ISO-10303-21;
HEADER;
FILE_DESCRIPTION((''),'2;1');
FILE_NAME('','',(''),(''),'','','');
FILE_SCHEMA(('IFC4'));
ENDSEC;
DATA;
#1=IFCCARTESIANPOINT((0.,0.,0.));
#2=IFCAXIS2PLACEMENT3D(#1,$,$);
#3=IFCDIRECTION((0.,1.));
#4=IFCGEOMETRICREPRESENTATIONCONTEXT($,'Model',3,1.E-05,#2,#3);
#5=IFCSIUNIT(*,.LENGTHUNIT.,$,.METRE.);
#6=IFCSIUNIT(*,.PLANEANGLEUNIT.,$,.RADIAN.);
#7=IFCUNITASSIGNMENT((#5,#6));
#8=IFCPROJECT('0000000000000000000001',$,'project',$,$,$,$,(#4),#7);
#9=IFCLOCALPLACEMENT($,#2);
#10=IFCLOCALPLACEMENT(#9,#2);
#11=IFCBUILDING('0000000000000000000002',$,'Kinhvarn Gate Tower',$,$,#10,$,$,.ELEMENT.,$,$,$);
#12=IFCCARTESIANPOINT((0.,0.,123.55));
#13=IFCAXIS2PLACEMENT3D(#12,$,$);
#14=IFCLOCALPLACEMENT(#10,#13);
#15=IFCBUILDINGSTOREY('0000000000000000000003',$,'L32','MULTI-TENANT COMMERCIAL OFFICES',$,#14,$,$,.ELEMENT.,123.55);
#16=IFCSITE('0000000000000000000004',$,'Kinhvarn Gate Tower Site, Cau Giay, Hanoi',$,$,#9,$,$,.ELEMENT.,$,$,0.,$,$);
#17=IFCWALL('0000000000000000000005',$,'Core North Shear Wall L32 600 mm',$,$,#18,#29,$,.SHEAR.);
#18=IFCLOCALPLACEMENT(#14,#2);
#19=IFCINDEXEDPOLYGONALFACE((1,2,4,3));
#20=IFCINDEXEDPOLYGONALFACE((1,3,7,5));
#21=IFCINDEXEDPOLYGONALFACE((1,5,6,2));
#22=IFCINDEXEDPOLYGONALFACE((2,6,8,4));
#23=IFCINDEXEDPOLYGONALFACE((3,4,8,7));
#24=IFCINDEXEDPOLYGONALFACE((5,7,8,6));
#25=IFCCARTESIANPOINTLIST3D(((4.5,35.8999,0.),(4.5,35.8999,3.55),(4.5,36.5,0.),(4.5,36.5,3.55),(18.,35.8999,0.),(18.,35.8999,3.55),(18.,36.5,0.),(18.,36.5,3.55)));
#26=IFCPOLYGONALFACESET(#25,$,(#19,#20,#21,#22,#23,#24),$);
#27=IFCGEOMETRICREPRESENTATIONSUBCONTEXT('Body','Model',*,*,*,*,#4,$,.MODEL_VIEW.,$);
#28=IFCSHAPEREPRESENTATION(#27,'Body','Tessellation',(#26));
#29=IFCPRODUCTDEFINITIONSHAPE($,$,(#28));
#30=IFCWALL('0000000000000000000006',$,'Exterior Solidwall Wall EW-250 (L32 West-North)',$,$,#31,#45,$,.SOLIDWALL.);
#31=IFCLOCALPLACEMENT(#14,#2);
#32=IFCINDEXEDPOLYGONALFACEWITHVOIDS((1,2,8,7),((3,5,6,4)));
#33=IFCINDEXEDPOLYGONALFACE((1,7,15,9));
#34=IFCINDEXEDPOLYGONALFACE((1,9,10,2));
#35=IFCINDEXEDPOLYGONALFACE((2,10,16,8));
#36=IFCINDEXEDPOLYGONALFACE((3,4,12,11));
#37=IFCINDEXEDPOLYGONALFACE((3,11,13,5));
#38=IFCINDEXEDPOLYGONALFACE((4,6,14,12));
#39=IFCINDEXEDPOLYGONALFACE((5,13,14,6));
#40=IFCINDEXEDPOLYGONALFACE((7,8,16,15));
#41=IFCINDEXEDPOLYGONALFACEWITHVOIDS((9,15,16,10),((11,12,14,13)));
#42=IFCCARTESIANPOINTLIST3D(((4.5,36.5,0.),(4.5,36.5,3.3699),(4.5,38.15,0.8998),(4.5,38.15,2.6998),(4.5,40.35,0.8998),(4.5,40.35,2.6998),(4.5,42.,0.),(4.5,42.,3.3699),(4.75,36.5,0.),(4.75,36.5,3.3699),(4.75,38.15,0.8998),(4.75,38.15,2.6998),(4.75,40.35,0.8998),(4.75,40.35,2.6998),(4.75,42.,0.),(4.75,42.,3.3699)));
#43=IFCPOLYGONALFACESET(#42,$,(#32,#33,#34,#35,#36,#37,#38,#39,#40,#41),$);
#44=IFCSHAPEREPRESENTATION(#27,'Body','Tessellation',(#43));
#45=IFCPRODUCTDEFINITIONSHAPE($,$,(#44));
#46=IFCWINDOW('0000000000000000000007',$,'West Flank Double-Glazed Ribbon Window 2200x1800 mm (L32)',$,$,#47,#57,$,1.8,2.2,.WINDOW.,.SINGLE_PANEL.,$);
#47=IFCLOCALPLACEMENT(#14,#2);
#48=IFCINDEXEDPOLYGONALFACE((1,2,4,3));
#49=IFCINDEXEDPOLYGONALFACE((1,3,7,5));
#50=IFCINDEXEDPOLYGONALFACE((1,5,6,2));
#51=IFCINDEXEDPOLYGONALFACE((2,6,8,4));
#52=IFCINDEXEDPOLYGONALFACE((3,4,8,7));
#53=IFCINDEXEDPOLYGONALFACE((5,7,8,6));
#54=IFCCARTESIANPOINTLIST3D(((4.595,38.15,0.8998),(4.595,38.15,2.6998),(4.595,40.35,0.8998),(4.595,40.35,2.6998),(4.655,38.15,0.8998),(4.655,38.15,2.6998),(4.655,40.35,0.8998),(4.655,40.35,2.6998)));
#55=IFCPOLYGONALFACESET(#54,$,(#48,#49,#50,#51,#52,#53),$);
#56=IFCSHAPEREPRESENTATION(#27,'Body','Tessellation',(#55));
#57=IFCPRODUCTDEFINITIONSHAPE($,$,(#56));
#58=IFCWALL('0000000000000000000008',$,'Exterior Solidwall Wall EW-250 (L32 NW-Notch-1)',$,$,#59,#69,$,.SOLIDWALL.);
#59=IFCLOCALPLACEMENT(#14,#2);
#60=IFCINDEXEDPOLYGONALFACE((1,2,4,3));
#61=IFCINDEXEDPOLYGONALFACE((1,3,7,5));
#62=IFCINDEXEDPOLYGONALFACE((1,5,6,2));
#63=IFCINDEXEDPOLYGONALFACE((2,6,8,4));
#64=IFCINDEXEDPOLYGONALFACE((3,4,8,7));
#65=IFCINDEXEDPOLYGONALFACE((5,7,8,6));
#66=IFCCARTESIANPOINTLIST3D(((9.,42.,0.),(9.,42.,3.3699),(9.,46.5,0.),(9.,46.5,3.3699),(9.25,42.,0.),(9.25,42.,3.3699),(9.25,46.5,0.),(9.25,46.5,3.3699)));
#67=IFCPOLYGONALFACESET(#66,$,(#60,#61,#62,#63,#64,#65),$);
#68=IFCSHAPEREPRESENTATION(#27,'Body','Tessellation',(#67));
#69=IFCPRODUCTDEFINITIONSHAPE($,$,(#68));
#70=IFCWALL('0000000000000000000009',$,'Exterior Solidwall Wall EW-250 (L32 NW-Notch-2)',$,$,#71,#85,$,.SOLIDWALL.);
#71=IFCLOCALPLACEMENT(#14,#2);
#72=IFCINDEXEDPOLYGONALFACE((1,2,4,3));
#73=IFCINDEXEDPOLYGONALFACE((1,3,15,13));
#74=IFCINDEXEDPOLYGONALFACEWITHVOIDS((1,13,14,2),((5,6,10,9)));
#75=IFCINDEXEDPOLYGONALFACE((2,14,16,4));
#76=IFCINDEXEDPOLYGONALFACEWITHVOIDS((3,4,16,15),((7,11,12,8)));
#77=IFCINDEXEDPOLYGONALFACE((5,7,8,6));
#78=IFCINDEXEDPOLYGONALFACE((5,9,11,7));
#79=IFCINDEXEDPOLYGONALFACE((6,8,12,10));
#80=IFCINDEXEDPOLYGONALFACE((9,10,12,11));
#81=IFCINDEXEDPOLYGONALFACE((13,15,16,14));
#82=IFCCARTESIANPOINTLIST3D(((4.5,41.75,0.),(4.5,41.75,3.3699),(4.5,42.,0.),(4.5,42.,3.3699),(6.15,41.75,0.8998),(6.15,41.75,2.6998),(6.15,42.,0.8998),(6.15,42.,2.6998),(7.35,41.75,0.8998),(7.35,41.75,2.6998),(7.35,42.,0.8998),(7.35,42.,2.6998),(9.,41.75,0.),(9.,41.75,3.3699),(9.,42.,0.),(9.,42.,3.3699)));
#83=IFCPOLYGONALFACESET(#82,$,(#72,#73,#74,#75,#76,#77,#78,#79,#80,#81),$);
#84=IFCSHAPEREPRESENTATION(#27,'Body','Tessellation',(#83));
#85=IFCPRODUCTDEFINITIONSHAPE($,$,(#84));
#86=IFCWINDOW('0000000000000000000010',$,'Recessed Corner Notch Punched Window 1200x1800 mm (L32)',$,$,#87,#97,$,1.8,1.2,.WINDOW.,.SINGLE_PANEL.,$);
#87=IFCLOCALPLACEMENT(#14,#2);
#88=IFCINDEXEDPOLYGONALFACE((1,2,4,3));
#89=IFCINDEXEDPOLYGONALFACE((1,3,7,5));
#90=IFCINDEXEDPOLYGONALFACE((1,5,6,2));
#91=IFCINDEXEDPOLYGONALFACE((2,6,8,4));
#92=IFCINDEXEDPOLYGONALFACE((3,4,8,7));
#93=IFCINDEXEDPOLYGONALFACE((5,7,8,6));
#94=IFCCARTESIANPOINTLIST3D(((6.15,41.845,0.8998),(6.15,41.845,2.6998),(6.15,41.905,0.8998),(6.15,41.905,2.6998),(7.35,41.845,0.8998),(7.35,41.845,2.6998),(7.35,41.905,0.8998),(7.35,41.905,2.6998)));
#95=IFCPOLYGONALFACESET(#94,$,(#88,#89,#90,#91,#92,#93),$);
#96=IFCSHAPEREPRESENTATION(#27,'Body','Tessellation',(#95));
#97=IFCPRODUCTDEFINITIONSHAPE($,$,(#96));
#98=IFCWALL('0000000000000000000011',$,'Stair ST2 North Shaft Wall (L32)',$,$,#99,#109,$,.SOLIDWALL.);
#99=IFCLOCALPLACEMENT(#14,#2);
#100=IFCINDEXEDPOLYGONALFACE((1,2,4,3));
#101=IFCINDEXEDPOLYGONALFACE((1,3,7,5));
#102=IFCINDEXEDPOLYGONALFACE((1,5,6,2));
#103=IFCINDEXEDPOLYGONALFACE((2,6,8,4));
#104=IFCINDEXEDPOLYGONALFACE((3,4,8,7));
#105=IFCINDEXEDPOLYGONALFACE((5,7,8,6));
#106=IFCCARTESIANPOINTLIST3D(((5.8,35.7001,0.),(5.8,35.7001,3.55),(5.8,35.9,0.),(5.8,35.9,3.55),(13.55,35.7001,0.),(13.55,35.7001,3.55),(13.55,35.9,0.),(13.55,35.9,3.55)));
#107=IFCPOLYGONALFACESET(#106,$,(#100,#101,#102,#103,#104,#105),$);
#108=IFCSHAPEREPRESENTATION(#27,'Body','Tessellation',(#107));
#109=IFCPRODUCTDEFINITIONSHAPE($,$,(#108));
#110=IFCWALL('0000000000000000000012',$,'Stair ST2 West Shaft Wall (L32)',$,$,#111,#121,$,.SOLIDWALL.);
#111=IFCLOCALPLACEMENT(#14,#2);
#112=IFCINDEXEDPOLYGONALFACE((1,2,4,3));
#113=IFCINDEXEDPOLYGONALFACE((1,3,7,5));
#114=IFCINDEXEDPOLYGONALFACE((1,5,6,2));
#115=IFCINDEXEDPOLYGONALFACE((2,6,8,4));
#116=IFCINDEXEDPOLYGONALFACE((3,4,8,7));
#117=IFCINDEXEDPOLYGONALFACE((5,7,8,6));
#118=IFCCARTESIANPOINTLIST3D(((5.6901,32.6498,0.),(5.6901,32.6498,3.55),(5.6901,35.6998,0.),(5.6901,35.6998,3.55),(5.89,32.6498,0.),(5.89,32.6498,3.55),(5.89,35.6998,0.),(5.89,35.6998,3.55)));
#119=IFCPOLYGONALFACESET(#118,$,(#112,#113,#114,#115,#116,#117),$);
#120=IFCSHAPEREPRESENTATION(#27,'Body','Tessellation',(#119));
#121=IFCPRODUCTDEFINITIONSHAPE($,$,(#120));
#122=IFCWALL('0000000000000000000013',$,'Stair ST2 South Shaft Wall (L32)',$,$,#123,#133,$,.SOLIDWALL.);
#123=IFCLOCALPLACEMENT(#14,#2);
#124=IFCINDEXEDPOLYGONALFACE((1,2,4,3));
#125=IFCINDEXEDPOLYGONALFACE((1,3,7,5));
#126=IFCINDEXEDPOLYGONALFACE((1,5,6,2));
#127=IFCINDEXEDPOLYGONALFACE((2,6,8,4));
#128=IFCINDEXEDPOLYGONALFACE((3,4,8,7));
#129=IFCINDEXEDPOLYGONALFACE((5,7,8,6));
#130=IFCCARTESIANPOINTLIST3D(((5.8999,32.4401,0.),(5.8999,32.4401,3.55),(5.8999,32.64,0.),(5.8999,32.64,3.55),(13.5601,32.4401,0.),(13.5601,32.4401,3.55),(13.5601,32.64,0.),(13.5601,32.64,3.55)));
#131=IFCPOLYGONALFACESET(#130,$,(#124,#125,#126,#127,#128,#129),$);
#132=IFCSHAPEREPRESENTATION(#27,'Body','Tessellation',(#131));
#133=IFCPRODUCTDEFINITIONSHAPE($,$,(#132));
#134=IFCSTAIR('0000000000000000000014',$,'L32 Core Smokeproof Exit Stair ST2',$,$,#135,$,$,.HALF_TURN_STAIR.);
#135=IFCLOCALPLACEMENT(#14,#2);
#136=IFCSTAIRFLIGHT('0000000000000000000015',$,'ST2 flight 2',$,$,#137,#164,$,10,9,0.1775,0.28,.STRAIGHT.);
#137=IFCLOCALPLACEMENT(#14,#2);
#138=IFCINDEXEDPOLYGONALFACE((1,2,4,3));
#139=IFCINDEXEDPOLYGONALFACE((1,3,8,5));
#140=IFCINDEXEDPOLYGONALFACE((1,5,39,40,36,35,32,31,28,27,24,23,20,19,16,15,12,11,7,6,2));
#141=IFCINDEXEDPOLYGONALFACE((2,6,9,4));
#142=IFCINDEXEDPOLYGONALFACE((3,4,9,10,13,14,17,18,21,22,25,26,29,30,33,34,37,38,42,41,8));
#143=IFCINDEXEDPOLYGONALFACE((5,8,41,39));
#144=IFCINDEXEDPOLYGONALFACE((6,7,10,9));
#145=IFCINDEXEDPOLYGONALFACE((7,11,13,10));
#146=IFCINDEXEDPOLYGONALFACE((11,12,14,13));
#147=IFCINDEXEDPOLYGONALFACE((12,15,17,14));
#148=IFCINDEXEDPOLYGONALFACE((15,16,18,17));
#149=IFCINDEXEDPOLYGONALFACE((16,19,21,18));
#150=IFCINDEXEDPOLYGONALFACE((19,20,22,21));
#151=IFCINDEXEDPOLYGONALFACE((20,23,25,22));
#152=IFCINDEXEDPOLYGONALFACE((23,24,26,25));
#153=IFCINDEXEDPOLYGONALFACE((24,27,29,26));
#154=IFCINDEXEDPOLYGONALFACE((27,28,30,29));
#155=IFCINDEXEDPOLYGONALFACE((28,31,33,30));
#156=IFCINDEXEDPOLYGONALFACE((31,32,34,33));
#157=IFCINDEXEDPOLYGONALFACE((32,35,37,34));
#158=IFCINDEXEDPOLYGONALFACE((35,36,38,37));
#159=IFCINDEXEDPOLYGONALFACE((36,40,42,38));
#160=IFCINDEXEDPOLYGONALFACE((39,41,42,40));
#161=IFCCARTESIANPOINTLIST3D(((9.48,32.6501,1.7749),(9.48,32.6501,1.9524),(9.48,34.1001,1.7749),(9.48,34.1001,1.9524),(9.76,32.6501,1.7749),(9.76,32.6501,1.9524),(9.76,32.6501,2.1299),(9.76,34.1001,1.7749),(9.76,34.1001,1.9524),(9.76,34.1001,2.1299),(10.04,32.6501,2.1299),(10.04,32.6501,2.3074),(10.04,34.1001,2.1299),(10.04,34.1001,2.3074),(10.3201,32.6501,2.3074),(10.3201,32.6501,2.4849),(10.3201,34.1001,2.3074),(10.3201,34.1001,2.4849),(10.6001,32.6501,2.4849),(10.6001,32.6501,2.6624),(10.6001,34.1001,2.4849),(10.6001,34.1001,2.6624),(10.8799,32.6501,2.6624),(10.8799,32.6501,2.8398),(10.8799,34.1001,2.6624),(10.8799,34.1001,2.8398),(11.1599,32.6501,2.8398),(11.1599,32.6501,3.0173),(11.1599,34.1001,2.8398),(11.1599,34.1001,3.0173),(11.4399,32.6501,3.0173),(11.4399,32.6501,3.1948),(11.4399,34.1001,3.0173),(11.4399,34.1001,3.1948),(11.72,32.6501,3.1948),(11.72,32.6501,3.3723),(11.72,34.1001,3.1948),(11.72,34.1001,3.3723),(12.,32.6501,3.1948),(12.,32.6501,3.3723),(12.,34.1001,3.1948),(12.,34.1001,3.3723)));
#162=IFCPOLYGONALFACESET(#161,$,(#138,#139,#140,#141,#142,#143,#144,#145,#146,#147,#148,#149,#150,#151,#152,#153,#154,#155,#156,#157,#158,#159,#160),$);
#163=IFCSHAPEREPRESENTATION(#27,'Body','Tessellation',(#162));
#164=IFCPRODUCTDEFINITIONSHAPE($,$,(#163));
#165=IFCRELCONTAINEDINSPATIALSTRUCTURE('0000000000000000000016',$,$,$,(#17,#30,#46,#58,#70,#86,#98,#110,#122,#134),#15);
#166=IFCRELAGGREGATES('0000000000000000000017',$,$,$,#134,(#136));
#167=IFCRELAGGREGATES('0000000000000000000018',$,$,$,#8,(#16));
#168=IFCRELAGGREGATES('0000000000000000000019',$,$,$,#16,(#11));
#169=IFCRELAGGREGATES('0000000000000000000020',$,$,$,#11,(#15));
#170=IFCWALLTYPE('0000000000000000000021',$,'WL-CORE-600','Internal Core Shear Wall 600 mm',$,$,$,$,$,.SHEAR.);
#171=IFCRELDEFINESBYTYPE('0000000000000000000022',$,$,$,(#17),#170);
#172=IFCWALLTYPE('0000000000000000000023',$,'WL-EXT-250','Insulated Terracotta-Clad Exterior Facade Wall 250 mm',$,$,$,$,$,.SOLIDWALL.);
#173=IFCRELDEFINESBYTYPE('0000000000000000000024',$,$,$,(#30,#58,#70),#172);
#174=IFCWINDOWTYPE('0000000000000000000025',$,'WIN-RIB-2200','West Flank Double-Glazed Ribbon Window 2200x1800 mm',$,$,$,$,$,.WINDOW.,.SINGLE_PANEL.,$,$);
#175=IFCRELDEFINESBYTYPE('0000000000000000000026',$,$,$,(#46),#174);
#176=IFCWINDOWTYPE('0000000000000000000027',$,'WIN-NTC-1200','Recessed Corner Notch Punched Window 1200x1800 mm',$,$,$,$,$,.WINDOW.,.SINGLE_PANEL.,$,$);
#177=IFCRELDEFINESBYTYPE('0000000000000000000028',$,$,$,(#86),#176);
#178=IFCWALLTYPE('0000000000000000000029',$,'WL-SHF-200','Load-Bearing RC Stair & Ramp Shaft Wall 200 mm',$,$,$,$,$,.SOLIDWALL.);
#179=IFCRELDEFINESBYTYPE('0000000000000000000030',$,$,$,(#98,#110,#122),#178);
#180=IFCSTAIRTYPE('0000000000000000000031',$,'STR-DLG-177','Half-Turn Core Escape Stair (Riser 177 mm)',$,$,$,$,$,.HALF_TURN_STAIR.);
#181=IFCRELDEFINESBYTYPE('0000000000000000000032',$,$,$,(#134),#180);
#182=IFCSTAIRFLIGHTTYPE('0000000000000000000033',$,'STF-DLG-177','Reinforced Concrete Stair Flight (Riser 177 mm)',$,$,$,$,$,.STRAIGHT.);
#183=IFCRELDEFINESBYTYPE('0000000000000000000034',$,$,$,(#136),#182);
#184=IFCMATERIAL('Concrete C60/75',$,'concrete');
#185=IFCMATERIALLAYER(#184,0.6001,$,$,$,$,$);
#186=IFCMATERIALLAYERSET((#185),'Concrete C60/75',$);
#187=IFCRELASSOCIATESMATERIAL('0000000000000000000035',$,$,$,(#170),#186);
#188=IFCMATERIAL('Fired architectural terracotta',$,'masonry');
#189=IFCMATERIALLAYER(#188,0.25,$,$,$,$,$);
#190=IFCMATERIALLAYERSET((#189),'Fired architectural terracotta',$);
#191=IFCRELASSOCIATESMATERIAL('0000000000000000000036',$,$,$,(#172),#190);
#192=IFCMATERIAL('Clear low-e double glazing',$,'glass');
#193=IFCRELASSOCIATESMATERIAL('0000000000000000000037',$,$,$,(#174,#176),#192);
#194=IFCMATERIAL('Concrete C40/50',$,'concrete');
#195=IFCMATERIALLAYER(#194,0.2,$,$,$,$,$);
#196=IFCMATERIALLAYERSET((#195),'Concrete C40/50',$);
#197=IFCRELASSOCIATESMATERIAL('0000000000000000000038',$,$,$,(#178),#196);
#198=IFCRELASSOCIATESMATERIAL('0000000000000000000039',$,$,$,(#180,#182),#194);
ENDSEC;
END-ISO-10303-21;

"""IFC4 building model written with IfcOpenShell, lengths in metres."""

from ifc_helpers import new_model, si_unit, direction, frame, frame_2d, origin, place, context, subcontext, project, spatial, polyline, rectangle, outline, extrude, material, layer, layer_set, type_object, element, fill, aggregate, save


model = new_model("IFC4")

# Units and contexts
model_context = context("Model", 3, precision=1e-05, world=origin(), true_north=direction((0.0, 1.0)))
body_context = subcontext(model_context, "Body", "Model", "MODEL_VIEW")
ifc_project = project(units=[si_unit("LENGTHUNIT", "METRE"), si_unit("PLANEANGLEUNIT", "RADIAN")], contexts=[model_context])

# Site, building, storey
site_placement = place(None, origin())
site = spatial("IfcSite", under=ifc_project, at=site_placement, Name="Kinhvarn Gate Tower Site, Cau Giay, Hanoi", CompositionType="ELEMENT", RefElevation=0.0)
building_placement = place(site_placement, origin())
building = spatial("IfcBuilding", under=site, at=building_placement, Name="Kinhvarn Gate Tower", CompositionType="ELEMENT")
storey_placement = place(building_placement, frame((0.0, 0.0, 123.55)))
storey = spatial("IfcBuildingStorey", under=building, at=storey_placement, Name="L32", Description="MULTI-TENANT COMMERCIAL OFFICES", CompositionType="ELEMENT", Elevation=123.55)

# Shared definitions
ifc_material_1 = material(Name="Concrete C60/75", Category="concrete")

# Shared definitions
ifc_material_2 = material(Name="Clear low-e double glazing", Category="glass")

# Wall
ifc_layer_1 = layer(ifc_material_1, 0.6001)
ifc_layer_set_1 = layer_set([ifc_layer_1], Name="Concrete C60/75")
wall_type_1 = type_object("IfcWallType", Name="WL-CORE-600", Description="Internal Core Shear Wall 600 mm", PredefinedType="SHEAR", material=ifc_layer_set_1)
wall_1_placement = place(storey_placement, frame((4.5, 36.2, 0.0), z_axis=(0.0, 0.0, 1.0), x_axis=(1.0, 0.0, 0.0)))
element("IfcWall", 1, at=wall_1_placement, inside=storey, type_object=wall_type_1, Name="Core North Shear Wall L32 600 mm", PredefinedType="SHEAR", context=body_context, shape_type="SweptSolid", body=[
    extrude(rectangle(XDim=13.5, YDim=0.6001, at=frame_2d((6.75, 0.0))), origin(), (0.0, 0.0, 1.0), 3.55),
])

# Wall, opening, window
ifc_material_3 = material(Name="Fired architectural terracotta", Category="masonry")
ifc_layer_2 = layer(ifc_material_3, 0.25)
ifc_layer_set_2 = layer_set([ifc_layer_2], Name="Fired architectural terracotta")
wall_type_2 = type_object("IfcWallType", Name="WL-EXT-250", Description="Insulated Terracotta-Clad Exterior Facade Wall 250 mm", PredefinedType="SOLIDWALL", material=ifc_layer_set_2)
wall_2_placement = place(storey_placement, frame((4.625, 42.0, 0.0), z_axis=(0.0, 0.0, 1.0), x_axis=(0.0, -1.0, 0.0)))
wall_2 = element("IfcWall", 2, at=wall_2_placement, inside=storey, type_object=wall_type_2, Name="Exterior Solidwall Wall EW-250 (L32 West-North)", PredefinedType="SOLIDWALL", context=body_context, shape_type="SweptSolid", body=[
    extrude(rectangle(XDim=5.5, YDim=0.25, at=frame_2d((2.75, 0.0))), origin(), (0.0, 0.0, 1.0), 3.3699),
])
opening_1_placement = place(wall_2_placement, frame((1.6499, 0.0, 0.8999)))
opening_1 = element("IfcOpeningElement", 3, at=opening_1_placement, cuts=wall_2, PredefinedType="OPENING", context=body_context, shape_type="SweptSolid", body=[
    extrude(rectangle(XDim=2.2, YDim=1.8, at=frame_2d((1.1001, 0.8999))), frame((0.0, 0.135, 0.0), z_axis=(0.0, -1.0, 0.0), x_axis=(1.0, 0.0, 0.0)), (0.0, 0.0, 1.0), 0.27),
])
window_type_1 = type_object("IfcWindowType", Name="WIN-RIB-2200", Description="West Flank Double-Glazed Ribbon Window 2200x1800 mm", PartitioningType="SINGLE_PANEL", PredefinedType="WINDOW", material=ifc_material_2)
window_1_placement = place(opening_1_placement, origin())
window_1 = element("IfcWindow", 4, at=window_1_placement, inside=storey, type_object=window_type_1, Name="West Flank Double-Glazed Ribbon Window 2200x1800 mm (L32)", OverallHeight=1.8, OverallWidth=2.2, PartitioningType="SINGLE_PANEL", PredefinedType="WINDOW", context=body_context, shape_type="SweptSolid", body=[
    extrude(rectangle(XDim=2.2, YDim=1.8, at=frame_2d((1.1001, 0.8999))), frame((0.0, 0.03, 0.0), z_axis=(0.0, -1.0, 0.0), x_axis=(1.0, 0.0, 0.0)), (0.0, 0.0, 1.0), 0.0601),
])
fill(opening_1, window_1)

# Wall
wall_3_placement = place(storey_placement, frame((9.125, 46.5, 0.0), z_axis=(0.0, 0.0, 1.0), x_axis=(0.0, -1.0, 0.0)))
element("IfcWall", 5, at=wall_3_placement, inside=storey, type_object=wall_type_2, Name="Exterior Solidwall Wall EW-250 (L32 NW-Notch-1)", PredefinedType="SOLIDWALL", context=body_context, shape_type="SweptSolid", body=[
    extrude(rectangle(XDim=4.5, YDim=0.25, at=frame_2d((2.25, 0.0))), origin(), (0.0, 0.0, 1.0), 3.3699),
])

# Wall, opening, window
wall_4_placement = place(storey_placement, frame((9.0, 41.875, 0.0), z_axis=(0.0, 0.0, 1.0), x_axis=(-1.0, 0.0, 0.0)))
wall_4 = element("IfcWall", 6, at=wall_4_placement, inside=storey, type_object=wall_type_2, Name="Exterior Solidwall Wall EW-250 (L32 NW-Notch-2)", PredefinedType="SOLIDWALL", context=body_context, shape_type="SweptSolid", body=[
    extrude(rectangle(XDim=4.5, YDim=0.25, at=frame_2d((2.25, 0.0))), origin(), (0.0, 0.0, 1.0), 3.3699),
])
opening_2_placement = place(wall_4_placement, frame((1.6499, 0.0, 0.8999)))
opening_2 = element("IfcOpeningElement", 7, at=opening_2_placement, cuts=wall_4, PredefinedType="OPENING", context=body_context, shape_type="SweptSolid", body=[
    extrude(rectangle(XDim=1.2, YDim=1.8, at=frame_2d((0.6001, 0.8999))), frame((0.0, 0.135, 0.0), z_axis=(0.0, -1.0, 0.0), x_axis=(1.0, 0.0, 0.0)), (0.0, 0.0, 1.0), 0.27),
])
window_type_2 = type_object("IfcWindowType", Name="WIN-NTC-1200", Description="Recessed Corner Notch Punched Window 1200x1800 mm", PartitioningType="SINGLE_PANEL", PredefinedType="WINDOW", material=ifc_material_2)
window_2_placement = place(opening_2_placement, origin())
window_2 = element("IfcWindow", 8, at=window_2_placement, inside=storey, type_object=window_type_2, Name="Recessed Corner Notch Punched Window 1200x1800 mm (L32)", OverallHeight=1.8, OverallWidth=1.2, PartitioningType="SINGLE_PANEL", PredefinedType="WINDOW", context=body_context, shape_type="SweptSolid", body=[
    extrude(rectangle(XDim=1.2, YDim=1.8, at=frame_2d((0.6001, 0.8999))), frame((0.0, 0.03, 0.0), z_axis=(0.0, -1.0, 0.0), x_axis=(1.0, 0.0, 0.0)), (0.0, 0.0, 1.0), 0.0601),
])
fill(opening_2, window_2)

# Walls
ifc_material_4 = material(Name="Concrete C40/50", Category="concrete")
ifc_layer_3 = layer(ifc_material_4, 0.2)
ifc_layer_set_3 = layer_set([ifc_layer_3], Name="Concrete C40/50")
wall_type_3 = type_object("IfcWallType", Name="WL-SHF-200", Description="Load-Bearing RC Stair & Ramp Shaft Wall 200 mm", PredefinedType="SOLIDWALL", material=ifc_layer_set_3)
wall_5_placement = place(storey_placement, frame((5.8, 35.8, 0.0), z_axis=(0.0, 0.0, 1.0), x_axis=(1.0, 0.0, 0.0)))
element("IfcWall", 9, at=wall_5_placement, inside=storey, type_object=wall_type_3, Name="Stair ST2 North Shaft Wall (L32)", PredefinedType="SOLIDWALL", context=body_context, shape_type="SweptSolid", body=[
    extrude(rectangle(XDim=7.75, YDim=0.2, at=frame_2d((3.875, 0.0))), origin(), (0.0, 0.0, 1.0), 3.55),
])
wall_6_placement = place(storey_placement, frame((5.79, 32.6499, 0.0), z_axis=(0.0, 0.0, 1.0), x_axis=(0.0, 1.0, 0.0)))
element("IfcWall", 10, at=wall_6_placement, inside=storey, type_object=wall_type_3, Name="Stair ST2 West Shaft Wall (L32)", PredefinedType="SOLIDWALL", context=body_context, shape_type="SweptSolid", body=[
    extrude(rectangle(XDim=3.05, YDim=0.2, at=frame_2d((1.5249, 0.0))), origin(), (0.0, 0.0, 1.0), 3.55),
])
wall_7_placement = place(storey_placement, frame((5.8999, 32.54, 0.0), z_axis=(0.0, 0.0, 1.0), x_axis=(1.0, 0.0, 0.0)))
element("IfcWall", 11, at=wall_7_placement, inside=storey, type_object=wall_type_3, Name="Stair ST2 South Shaft Wall (L32)", PredefinedType="SOLIDWALL", context=body_context, shape_type="SweptSolid", body=[
    extrude(rectangle(XDim=7.6602, YDim=0.2, at=frame_2d((3.8301, 0.0))), origin(), (0.0, 0.0, 1.0), 3.55),
])

# Stair, stair flight
stair_type = type_object("IfcStairType", Name="STR-DLG-177", Description="Half-Turn Core Escape Stair (Riser 177 mm)", PredefinedType="HALF_TURN_STAIR", material=ifc_material_4)
stair_placement = place(storey_placement, origin())
stair = element("IfcStair", 12, at=stair_placement, inside=storey, type_object=stair_type, Name="L32 Core Smokeproof Exit Stair ST2", PredefinedType="HALF_TURN_STAIR")
stair_flight_type = type_object("IfcStairFlightType", Name="STF-DLG-177", Description="Reinforced Concrete Stair Flight (Riser 177 mm)", PredefinedType="STRAIGHT", material=ifc_material_4)
stair_flight_placement = place(storey_placement, frame((9.48, 33.375, 1.7749), z_axis=(0.0, 0.0, 1.0), x_axis=(1.0, 0.0, 0.0)))
stair_flight = element("IfcStairFlight", 13, at=stair_flight_placement, type_object=stair_flight_type, Name="ST2 flight 2", NumberOfRisers=10, NumberOfTreads=9, PredefinedType="STRAIGHT", RiserHeight=0.1775, TreadLength=0.28, context=body_context, shape_type="SweptSolid", body=[
    extrude(outline(polyline([(0.0, 0.0), (0.0, 0.1775), (0.28, 0.1775), (0.28, 0.355), (0.5601, 0.355), (0.5601, 0.5325), (0.8401, 0.5325), (0.8401, 0.71), (1.1201, 0.71), (1.1201, 0.8875), (1.3999, 0.8875), (1.3999, 1.0649), (1.6799, 1.0649), (1.6799, 1.2424), (1.96, 1.2424), (1.96, 1.4199), (2.24, 1.4199), (2.24, 1.5974), (2.52, 1.5974), (2.52, 1.7749), (2.52, 1.4199), (0.28, 0.0), (0.0, 0.0)])), frame((0.0, 0.7251, 0.0), z_axis=(0.0, -1.0, 0.0), x_axis=(1.0, 0.0, 0.0)), (0.0, 0.0, 1.0), 1.45),
])
aggregate(stair, [stair_flight])

save(model, "model.ifc")
